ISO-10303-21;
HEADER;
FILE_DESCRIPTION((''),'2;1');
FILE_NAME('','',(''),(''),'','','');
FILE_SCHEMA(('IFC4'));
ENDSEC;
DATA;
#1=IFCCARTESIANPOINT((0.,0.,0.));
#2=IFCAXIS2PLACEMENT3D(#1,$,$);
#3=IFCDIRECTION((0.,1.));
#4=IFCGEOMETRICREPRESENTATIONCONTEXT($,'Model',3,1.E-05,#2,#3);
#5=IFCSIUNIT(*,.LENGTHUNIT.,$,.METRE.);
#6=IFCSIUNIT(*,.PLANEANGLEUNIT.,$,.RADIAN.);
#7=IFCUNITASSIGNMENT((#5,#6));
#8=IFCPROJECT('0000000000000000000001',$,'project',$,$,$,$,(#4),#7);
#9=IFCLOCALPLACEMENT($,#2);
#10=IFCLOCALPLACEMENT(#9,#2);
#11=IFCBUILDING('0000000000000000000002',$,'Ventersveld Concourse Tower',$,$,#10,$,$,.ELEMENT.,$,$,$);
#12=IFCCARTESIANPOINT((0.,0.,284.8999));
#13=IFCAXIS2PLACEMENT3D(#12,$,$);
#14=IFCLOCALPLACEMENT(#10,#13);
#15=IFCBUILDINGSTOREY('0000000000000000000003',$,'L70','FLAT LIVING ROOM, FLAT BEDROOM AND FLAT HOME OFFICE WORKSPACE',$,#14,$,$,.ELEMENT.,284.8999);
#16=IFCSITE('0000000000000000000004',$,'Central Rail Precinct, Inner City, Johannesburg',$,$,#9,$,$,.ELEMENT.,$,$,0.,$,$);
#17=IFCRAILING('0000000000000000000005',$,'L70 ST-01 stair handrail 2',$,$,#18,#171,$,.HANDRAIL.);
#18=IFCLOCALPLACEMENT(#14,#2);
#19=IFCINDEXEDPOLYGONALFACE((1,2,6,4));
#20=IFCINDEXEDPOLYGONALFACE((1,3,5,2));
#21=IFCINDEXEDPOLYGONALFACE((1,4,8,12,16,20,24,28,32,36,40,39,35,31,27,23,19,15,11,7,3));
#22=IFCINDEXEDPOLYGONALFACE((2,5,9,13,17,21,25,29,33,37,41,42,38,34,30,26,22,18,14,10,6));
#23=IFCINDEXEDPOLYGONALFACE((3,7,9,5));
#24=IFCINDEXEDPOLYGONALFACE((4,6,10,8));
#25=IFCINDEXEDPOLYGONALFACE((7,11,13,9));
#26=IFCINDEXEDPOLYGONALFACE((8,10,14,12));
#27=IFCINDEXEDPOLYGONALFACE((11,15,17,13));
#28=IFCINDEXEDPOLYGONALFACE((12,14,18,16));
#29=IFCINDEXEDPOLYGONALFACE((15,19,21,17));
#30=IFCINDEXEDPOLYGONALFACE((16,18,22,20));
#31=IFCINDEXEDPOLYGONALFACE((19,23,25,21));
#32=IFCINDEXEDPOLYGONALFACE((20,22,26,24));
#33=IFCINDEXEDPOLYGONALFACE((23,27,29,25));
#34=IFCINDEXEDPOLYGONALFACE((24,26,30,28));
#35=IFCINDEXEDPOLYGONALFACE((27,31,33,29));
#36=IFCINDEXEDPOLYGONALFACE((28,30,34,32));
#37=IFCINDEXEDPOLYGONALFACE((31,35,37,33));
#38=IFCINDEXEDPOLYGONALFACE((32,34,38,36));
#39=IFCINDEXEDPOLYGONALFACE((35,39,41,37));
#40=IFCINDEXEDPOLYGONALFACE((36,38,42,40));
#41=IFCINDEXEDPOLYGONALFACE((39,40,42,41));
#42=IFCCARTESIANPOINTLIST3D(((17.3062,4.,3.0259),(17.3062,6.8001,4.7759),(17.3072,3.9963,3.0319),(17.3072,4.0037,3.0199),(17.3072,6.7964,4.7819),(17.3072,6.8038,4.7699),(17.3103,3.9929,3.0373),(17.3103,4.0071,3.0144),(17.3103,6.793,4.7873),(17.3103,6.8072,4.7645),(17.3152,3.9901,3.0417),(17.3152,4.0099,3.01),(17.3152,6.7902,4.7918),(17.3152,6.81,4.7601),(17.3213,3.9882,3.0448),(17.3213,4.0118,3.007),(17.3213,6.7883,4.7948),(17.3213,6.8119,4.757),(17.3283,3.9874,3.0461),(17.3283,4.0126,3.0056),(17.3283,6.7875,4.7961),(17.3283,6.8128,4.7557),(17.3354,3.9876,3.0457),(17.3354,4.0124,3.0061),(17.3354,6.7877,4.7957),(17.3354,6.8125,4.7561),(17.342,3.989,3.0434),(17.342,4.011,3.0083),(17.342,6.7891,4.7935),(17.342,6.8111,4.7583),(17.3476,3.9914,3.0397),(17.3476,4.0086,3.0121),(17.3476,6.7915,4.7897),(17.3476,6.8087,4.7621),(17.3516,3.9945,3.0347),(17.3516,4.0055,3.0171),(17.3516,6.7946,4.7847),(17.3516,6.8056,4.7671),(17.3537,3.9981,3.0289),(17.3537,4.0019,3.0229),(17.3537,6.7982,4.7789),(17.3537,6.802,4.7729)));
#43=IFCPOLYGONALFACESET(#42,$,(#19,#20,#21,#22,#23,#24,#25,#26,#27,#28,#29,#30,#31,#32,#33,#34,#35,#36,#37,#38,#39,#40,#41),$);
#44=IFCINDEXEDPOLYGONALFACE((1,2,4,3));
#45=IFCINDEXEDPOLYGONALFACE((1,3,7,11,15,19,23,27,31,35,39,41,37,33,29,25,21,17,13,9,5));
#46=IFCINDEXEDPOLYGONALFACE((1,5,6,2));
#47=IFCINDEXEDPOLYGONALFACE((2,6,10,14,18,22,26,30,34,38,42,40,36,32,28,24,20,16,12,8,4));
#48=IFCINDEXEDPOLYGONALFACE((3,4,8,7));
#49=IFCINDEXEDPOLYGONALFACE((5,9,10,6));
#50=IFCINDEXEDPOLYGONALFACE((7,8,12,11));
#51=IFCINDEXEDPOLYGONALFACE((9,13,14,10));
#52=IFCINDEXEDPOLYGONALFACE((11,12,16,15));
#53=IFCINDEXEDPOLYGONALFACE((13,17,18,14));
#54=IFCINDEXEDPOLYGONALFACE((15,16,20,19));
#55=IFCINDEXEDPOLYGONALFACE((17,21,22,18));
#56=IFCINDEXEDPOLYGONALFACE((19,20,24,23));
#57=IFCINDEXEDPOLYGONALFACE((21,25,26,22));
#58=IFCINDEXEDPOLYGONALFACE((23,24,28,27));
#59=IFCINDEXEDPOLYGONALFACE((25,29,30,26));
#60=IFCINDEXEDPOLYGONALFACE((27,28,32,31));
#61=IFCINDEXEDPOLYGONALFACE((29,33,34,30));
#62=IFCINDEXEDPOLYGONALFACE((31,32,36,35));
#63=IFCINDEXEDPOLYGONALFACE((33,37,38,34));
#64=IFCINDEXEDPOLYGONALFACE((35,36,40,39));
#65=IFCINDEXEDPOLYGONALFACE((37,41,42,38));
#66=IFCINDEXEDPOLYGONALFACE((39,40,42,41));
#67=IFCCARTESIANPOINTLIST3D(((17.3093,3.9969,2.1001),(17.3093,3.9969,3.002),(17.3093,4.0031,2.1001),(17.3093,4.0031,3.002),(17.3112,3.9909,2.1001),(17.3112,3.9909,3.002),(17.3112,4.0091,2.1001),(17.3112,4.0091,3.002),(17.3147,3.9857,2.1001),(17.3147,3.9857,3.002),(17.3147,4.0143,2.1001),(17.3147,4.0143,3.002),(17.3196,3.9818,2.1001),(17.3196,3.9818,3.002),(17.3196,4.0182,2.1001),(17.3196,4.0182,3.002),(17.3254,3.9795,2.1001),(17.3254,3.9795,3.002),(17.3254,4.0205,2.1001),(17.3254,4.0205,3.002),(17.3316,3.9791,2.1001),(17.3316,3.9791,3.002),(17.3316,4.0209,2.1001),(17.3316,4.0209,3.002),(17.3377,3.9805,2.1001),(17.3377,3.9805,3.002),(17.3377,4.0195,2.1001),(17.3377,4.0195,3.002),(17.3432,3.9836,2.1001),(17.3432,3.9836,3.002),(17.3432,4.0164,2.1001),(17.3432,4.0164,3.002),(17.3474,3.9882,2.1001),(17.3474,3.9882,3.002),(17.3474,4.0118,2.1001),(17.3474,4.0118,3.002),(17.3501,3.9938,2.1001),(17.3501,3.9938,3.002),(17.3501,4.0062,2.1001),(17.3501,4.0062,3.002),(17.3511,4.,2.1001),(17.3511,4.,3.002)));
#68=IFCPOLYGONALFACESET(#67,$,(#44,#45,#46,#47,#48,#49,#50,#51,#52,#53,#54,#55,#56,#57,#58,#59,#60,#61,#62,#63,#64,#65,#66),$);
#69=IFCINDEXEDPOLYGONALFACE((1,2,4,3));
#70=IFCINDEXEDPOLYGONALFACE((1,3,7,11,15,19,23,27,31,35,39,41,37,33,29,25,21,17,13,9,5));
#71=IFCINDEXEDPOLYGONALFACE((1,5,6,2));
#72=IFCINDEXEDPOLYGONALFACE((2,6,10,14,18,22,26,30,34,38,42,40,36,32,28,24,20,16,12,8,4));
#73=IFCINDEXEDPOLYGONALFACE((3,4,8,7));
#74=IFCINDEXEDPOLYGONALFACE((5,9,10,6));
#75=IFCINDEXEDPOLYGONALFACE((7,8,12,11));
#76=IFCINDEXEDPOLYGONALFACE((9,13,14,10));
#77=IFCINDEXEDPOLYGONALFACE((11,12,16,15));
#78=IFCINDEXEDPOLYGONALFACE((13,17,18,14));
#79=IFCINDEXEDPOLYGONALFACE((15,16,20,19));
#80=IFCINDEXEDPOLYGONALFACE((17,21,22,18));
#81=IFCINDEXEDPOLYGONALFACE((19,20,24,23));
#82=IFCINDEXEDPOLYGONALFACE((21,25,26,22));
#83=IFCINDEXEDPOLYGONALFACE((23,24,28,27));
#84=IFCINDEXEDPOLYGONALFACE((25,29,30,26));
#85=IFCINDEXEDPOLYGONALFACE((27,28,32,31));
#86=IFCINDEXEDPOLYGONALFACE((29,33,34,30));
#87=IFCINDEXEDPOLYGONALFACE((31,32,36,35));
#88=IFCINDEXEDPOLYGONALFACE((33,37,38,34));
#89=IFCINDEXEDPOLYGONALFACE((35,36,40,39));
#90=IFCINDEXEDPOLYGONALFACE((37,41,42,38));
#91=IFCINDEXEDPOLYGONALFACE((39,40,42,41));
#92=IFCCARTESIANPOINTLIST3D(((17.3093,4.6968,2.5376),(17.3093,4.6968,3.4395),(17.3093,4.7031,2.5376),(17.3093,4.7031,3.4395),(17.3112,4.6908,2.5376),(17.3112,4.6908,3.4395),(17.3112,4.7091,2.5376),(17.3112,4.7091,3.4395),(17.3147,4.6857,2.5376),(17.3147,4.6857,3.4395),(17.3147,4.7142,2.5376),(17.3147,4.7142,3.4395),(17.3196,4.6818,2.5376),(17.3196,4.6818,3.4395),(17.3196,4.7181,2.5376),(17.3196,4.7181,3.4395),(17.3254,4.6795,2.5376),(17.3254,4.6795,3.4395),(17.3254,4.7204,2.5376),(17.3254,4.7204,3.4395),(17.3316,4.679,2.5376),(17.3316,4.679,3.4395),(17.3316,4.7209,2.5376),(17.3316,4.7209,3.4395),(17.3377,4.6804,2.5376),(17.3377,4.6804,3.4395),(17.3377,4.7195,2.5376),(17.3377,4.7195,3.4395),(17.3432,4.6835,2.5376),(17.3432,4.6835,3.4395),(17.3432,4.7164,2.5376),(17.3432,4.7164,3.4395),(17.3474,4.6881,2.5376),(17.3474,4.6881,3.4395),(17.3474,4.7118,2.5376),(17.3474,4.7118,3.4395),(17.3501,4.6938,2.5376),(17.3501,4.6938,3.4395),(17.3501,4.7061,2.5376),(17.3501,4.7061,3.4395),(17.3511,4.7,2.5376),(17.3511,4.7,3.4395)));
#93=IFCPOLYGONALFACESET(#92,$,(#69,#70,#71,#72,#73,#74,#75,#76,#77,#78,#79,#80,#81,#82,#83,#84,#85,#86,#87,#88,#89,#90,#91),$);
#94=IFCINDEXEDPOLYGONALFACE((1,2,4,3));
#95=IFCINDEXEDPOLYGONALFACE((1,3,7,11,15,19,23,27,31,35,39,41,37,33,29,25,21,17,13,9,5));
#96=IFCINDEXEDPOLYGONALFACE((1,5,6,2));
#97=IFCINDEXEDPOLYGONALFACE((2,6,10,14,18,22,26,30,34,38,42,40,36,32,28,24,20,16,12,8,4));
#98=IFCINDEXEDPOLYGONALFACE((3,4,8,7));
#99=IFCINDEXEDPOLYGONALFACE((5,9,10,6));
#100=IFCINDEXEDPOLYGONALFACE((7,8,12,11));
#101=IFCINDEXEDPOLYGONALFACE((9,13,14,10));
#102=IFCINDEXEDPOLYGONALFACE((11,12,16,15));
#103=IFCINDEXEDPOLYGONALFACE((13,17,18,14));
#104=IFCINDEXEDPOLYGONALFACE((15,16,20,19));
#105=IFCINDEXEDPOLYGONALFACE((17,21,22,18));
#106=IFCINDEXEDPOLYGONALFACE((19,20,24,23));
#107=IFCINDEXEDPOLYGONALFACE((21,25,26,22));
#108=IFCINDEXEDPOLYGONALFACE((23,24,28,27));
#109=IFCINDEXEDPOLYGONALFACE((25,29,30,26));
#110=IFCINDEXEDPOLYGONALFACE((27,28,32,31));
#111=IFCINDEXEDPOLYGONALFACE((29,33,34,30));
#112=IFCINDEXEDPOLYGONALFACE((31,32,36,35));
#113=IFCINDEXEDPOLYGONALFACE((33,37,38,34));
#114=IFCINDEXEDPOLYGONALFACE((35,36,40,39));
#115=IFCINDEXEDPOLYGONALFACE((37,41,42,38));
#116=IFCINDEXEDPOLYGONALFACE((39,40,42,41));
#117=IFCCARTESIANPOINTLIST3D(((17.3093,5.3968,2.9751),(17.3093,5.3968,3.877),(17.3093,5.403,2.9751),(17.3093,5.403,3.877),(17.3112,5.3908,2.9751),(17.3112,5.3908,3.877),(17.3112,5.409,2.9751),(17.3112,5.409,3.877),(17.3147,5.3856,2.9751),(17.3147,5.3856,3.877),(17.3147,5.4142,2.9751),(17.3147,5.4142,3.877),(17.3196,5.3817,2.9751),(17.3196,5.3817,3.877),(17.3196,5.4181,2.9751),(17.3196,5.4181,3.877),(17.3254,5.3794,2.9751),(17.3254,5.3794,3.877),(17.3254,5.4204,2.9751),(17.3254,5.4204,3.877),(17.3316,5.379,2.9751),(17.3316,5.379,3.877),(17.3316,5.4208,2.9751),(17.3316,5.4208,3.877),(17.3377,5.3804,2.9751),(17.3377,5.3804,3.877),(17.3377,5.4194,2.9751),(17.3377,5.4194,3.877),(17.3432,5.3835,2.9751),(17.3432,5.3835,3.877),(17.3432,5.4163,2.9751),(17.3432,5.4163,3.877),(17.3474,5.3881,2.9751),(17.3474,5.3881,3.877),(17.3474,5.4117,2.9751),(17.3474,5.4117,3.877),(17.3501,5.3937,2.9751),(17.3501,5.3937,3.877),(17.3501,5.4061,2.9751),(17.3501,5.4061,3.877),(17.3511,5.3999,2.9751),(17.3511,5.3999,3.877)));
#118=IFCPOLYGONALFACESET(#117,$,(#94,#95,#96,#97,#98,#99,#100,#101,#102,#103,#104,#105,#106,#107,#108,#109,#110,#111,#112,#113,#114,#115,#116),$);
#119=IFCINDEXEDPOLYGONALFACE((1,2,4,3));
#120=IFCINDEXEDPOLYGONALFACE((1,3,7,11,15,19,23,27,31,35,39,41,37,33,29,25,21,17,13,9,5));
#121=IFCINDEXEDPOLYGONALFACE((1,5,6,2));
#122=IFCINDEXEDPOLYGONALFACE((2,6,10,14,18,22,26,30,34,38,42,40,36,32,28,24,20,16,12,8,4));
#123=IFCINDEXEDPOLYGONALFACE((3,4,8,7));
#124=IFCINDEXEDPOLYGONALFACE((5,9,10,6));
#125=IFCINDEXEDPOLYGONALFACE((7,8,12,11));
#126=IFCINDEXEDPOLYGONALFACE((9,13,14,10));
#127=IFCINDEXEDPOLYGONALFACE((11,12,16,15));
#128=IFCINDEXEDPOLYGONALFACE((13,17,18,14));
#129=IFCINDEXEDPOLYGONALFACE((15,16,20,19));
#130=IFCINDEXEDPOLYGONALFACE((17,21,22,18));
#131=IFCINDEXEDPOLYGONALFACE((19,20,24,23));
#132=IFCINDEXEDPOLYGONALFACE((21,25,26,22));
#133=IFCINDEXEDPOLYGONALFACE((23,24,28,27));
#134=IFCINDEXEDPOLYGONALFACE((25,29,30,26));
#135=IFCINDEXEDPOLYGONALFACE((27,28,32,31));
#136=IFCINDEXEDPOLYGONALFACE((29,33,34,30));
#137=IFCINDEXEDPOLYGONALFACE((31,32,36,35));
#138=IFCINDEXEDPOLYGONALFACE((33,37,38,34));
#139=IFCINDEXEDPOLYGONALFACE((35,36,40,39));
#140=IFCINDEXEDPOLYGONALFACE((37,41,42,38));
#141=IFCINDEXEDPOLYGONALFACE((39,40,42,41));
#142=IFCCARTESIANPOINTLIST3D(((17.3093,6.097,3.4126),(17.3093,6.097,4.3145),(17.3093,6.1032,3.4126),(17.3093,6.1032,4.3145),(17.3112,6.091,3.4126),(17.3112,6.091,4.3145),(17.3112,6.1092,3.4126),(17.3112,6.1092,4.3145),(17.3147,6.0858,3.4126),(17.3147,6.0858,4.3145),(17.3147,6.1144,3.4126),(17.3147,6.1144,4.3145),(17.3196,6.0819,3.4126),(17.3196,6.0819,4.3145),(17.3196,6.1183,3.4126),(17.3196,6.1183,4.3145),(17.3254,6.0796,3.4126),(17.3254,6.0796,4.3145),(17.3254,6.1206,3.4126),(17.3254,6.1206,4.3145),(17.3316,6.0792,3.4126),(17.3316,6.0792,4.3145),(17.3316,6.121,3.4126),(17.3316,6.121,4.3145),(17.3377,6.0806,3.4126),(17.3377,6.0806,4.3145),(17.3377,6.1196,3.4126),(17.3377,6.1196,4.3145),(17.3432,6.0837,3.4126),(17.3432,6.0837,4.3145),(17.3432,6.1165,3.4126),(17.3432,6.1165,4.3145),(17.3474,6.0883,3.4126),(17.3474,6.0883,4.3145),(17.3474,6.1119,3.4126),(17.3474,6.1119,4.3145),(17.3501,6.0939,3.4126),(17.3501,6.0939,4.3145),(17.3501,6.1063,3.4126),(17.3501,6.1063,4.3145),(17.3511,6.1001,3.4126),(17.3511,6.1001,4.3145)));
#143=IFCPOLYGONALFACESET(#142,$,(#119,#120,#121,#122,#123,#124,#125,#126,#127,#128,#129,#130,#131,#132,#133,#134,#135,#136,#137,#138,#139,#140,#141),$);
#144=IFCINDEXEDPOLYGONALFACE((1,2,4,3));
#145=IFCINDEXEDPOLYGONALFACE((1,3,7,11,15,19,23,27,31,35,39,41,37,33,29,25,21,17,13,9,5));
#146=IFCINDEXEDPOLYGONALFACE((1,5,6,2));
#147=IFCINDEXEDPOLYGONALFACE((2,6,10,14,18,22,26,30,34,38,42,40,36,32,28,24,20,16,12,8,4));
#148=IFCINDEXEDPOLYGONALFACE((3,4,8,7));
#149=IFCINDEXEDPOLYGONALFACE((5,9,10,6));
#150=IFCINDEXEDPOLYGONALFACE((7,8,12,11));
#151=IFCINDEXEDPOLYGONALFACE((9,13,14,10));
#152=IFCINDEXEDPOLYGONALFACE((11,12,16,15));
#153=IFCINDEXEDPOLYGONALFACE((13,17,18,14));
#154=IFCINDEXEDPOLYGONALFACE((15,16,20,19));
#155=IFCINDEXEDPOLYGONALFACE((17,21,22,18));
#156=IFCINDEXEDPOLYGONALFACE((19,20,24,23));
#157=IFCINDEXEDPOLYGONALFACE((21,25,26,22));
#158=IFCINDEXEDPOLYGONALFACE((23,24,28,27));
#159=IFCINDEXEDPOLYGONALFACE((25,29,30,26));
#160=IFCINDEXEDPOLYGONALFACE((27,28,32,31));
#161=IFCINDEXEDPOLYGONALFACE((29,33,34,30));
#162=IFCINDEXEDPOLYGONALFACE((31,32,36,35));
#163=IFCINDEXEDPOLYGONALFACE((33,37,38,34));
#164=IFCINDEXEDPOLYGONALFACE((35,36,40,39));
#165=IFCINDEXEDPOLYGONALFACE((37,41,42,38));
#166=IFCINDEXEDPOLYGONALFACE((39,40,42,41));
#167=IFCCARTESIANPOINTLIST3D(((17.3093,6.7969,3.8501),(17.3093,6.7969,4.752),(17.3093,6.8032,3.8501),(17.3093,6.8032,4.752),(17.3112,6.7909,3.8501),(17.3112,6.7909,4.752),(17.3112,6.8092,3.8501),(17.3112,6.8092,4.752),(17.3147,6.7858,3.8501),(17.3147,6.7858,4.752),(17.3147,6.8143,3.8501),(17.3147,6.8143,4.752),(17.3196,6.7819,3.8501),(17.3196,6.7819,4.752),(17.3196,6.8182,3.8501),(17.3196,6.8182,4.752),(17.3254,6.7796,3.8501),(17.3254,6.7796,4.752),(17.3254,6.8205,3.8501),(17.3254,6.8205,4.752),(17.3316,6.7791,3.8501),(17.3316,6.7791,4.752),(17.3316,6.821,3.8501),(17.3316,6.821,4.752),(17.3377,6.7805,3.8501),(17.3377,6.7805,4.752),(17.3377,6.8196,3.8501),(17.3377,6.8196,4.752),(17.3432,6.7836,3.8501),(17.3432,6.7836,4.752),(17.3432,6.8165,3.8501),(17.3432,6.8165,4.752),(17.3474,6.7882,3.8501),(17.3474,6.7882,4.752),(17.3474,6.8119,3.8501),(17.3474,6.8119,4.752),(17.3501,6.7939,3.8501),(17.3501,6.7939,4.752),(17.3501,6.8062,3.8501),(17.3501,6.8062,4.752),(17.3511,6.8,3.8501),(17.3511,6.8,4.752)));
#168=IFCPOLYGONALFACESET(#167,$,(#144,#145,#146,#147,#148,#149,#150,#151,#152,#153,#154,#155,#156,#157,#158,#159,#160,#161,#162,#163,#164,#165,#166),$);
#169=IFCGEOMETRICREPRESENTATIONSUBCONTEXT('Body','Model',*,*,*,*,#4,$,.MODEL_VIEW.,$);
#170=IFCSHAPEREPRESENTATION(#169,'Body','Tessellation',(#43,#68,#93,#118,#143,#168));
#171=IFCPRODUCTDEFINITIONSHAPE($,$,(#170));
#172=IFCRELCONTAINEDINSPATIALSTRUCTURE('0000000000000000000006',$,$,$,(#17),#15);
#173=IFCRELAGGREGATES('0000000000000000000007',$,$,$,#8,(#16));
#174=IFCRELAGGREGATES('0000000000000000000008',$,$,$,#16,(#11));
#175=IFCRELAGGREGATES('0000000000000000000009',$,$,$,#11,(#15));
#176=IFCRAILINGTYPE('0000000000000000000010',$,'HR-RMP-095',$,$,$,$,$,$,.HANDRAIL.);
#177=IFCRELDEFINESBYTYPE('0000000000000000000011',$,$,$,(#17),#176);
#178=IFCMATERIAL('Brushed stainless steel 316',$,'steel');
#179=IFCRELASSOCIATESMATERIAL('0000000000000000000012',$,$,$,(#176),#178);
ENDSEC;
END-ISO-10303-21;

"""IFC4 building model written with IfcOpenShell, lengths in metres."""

from ifc_helpers import new_model, si_unit, direction, frame, origin, origin_2d, place, context, subcontext, project, spatial, circle, extrude, material, type_object, element, save


model = new_model("IFC4")

# Units and contexts
model_context = context("Model", 3, precision=1e-05, world=origin(), true_north=direction((0.0, 1.0)))
body_context = subcontext(model_context, "Body", "Model", "MODEL_VIEW")
ifc_project = project(units=[si_unit("LENGTHUNIT", "METRE"), si_unit("PLANEANGLEUNIT", "RADIAN")], contexts=[model_context])

# Site, building, storey
site_placement = place(None, origin())
site = spatial("IfcSite", under=ifc_project, at=site_placement, Name="Central Rail Precinct, Inner City, Johannesburg", CompositionType="ELEMENT", RefElevation=0.0)
building_placement = place(site_placement, origin())
building = spatial("IfcBuilding", under=site, at=building_placement, Name="Ventersveld Concourse Tower", CompositionType="ELEMENT")
storey_placement = place(building_placement, frame((0.0, 0.0, 284.8999)))
storey = spatial("IfcBuildingStorey", under=building, at=storey_placement, Name="L70", Description="FLAT LIVING ROOM, FLAT BEDROOM AND FLAT HOME OFFICE WORKSPACE", CompositionType="ELEMENT", Elevation=284.8999)

# Shared definitions
ifc_material_1 = material(Name="Brushed stainless steel 316", Category="steel")

# Railing
railing_type_1 = type_object("IfcRailingType", Name="HR-RMP-095", PredefinedType="HANDRAIL", material=ifc_material_1)
railing_1_placement = place(storey_placement, frame((17.3301, 4.0, 2.1001)))
element("IfcRailing", 1, at=railing_1_placement, inside=storey, type_object=railing_type_1, Name="L70 ST-01 stair handrail 2", PredefinedType="HANDRAIL", context=body_context, shape_type="SweptSolid", body=[
    extrude(circle(Radius=0.0239, at=origin_2d()), frame((0.0, 0.0, 0.9258), z_axis=(0.0, 0.848002, 0.529992), x_axis=(-1.0, 0.0, 0.0)), (0.0, 0.0, 1.0), 3.302),
    extrude(circle(Radius=0.021, at=origin_2d()), origin(), (0.0, 0.0, 1.0), 0.9019),
    extrude(circle(Radius=0.021, at=origin_2d()), frame((0.0, 0.7, 0.4375)), (0.0, 0.0, 1.0), 0.9019),
    extrude(circle(Radius=0.021, at=origin_2d()), frame((0.0, 1.3999, 0.875)), (0.0, 0.0, 1.0), 0.9019),
    extrude(circle(Radius=0.021, at=origin_2d()), frame((0.0, 2.1001, 1.3125)), (0.0, 0.0, 1.0), 0.9019),
    extrude(circle(Radius=0.021, at=origin_2d()), frame((0.0, 2.8, 1.75)), (0.0, 0.0, 1.0), 0.9019),
])

save(model, "model.ifc")
